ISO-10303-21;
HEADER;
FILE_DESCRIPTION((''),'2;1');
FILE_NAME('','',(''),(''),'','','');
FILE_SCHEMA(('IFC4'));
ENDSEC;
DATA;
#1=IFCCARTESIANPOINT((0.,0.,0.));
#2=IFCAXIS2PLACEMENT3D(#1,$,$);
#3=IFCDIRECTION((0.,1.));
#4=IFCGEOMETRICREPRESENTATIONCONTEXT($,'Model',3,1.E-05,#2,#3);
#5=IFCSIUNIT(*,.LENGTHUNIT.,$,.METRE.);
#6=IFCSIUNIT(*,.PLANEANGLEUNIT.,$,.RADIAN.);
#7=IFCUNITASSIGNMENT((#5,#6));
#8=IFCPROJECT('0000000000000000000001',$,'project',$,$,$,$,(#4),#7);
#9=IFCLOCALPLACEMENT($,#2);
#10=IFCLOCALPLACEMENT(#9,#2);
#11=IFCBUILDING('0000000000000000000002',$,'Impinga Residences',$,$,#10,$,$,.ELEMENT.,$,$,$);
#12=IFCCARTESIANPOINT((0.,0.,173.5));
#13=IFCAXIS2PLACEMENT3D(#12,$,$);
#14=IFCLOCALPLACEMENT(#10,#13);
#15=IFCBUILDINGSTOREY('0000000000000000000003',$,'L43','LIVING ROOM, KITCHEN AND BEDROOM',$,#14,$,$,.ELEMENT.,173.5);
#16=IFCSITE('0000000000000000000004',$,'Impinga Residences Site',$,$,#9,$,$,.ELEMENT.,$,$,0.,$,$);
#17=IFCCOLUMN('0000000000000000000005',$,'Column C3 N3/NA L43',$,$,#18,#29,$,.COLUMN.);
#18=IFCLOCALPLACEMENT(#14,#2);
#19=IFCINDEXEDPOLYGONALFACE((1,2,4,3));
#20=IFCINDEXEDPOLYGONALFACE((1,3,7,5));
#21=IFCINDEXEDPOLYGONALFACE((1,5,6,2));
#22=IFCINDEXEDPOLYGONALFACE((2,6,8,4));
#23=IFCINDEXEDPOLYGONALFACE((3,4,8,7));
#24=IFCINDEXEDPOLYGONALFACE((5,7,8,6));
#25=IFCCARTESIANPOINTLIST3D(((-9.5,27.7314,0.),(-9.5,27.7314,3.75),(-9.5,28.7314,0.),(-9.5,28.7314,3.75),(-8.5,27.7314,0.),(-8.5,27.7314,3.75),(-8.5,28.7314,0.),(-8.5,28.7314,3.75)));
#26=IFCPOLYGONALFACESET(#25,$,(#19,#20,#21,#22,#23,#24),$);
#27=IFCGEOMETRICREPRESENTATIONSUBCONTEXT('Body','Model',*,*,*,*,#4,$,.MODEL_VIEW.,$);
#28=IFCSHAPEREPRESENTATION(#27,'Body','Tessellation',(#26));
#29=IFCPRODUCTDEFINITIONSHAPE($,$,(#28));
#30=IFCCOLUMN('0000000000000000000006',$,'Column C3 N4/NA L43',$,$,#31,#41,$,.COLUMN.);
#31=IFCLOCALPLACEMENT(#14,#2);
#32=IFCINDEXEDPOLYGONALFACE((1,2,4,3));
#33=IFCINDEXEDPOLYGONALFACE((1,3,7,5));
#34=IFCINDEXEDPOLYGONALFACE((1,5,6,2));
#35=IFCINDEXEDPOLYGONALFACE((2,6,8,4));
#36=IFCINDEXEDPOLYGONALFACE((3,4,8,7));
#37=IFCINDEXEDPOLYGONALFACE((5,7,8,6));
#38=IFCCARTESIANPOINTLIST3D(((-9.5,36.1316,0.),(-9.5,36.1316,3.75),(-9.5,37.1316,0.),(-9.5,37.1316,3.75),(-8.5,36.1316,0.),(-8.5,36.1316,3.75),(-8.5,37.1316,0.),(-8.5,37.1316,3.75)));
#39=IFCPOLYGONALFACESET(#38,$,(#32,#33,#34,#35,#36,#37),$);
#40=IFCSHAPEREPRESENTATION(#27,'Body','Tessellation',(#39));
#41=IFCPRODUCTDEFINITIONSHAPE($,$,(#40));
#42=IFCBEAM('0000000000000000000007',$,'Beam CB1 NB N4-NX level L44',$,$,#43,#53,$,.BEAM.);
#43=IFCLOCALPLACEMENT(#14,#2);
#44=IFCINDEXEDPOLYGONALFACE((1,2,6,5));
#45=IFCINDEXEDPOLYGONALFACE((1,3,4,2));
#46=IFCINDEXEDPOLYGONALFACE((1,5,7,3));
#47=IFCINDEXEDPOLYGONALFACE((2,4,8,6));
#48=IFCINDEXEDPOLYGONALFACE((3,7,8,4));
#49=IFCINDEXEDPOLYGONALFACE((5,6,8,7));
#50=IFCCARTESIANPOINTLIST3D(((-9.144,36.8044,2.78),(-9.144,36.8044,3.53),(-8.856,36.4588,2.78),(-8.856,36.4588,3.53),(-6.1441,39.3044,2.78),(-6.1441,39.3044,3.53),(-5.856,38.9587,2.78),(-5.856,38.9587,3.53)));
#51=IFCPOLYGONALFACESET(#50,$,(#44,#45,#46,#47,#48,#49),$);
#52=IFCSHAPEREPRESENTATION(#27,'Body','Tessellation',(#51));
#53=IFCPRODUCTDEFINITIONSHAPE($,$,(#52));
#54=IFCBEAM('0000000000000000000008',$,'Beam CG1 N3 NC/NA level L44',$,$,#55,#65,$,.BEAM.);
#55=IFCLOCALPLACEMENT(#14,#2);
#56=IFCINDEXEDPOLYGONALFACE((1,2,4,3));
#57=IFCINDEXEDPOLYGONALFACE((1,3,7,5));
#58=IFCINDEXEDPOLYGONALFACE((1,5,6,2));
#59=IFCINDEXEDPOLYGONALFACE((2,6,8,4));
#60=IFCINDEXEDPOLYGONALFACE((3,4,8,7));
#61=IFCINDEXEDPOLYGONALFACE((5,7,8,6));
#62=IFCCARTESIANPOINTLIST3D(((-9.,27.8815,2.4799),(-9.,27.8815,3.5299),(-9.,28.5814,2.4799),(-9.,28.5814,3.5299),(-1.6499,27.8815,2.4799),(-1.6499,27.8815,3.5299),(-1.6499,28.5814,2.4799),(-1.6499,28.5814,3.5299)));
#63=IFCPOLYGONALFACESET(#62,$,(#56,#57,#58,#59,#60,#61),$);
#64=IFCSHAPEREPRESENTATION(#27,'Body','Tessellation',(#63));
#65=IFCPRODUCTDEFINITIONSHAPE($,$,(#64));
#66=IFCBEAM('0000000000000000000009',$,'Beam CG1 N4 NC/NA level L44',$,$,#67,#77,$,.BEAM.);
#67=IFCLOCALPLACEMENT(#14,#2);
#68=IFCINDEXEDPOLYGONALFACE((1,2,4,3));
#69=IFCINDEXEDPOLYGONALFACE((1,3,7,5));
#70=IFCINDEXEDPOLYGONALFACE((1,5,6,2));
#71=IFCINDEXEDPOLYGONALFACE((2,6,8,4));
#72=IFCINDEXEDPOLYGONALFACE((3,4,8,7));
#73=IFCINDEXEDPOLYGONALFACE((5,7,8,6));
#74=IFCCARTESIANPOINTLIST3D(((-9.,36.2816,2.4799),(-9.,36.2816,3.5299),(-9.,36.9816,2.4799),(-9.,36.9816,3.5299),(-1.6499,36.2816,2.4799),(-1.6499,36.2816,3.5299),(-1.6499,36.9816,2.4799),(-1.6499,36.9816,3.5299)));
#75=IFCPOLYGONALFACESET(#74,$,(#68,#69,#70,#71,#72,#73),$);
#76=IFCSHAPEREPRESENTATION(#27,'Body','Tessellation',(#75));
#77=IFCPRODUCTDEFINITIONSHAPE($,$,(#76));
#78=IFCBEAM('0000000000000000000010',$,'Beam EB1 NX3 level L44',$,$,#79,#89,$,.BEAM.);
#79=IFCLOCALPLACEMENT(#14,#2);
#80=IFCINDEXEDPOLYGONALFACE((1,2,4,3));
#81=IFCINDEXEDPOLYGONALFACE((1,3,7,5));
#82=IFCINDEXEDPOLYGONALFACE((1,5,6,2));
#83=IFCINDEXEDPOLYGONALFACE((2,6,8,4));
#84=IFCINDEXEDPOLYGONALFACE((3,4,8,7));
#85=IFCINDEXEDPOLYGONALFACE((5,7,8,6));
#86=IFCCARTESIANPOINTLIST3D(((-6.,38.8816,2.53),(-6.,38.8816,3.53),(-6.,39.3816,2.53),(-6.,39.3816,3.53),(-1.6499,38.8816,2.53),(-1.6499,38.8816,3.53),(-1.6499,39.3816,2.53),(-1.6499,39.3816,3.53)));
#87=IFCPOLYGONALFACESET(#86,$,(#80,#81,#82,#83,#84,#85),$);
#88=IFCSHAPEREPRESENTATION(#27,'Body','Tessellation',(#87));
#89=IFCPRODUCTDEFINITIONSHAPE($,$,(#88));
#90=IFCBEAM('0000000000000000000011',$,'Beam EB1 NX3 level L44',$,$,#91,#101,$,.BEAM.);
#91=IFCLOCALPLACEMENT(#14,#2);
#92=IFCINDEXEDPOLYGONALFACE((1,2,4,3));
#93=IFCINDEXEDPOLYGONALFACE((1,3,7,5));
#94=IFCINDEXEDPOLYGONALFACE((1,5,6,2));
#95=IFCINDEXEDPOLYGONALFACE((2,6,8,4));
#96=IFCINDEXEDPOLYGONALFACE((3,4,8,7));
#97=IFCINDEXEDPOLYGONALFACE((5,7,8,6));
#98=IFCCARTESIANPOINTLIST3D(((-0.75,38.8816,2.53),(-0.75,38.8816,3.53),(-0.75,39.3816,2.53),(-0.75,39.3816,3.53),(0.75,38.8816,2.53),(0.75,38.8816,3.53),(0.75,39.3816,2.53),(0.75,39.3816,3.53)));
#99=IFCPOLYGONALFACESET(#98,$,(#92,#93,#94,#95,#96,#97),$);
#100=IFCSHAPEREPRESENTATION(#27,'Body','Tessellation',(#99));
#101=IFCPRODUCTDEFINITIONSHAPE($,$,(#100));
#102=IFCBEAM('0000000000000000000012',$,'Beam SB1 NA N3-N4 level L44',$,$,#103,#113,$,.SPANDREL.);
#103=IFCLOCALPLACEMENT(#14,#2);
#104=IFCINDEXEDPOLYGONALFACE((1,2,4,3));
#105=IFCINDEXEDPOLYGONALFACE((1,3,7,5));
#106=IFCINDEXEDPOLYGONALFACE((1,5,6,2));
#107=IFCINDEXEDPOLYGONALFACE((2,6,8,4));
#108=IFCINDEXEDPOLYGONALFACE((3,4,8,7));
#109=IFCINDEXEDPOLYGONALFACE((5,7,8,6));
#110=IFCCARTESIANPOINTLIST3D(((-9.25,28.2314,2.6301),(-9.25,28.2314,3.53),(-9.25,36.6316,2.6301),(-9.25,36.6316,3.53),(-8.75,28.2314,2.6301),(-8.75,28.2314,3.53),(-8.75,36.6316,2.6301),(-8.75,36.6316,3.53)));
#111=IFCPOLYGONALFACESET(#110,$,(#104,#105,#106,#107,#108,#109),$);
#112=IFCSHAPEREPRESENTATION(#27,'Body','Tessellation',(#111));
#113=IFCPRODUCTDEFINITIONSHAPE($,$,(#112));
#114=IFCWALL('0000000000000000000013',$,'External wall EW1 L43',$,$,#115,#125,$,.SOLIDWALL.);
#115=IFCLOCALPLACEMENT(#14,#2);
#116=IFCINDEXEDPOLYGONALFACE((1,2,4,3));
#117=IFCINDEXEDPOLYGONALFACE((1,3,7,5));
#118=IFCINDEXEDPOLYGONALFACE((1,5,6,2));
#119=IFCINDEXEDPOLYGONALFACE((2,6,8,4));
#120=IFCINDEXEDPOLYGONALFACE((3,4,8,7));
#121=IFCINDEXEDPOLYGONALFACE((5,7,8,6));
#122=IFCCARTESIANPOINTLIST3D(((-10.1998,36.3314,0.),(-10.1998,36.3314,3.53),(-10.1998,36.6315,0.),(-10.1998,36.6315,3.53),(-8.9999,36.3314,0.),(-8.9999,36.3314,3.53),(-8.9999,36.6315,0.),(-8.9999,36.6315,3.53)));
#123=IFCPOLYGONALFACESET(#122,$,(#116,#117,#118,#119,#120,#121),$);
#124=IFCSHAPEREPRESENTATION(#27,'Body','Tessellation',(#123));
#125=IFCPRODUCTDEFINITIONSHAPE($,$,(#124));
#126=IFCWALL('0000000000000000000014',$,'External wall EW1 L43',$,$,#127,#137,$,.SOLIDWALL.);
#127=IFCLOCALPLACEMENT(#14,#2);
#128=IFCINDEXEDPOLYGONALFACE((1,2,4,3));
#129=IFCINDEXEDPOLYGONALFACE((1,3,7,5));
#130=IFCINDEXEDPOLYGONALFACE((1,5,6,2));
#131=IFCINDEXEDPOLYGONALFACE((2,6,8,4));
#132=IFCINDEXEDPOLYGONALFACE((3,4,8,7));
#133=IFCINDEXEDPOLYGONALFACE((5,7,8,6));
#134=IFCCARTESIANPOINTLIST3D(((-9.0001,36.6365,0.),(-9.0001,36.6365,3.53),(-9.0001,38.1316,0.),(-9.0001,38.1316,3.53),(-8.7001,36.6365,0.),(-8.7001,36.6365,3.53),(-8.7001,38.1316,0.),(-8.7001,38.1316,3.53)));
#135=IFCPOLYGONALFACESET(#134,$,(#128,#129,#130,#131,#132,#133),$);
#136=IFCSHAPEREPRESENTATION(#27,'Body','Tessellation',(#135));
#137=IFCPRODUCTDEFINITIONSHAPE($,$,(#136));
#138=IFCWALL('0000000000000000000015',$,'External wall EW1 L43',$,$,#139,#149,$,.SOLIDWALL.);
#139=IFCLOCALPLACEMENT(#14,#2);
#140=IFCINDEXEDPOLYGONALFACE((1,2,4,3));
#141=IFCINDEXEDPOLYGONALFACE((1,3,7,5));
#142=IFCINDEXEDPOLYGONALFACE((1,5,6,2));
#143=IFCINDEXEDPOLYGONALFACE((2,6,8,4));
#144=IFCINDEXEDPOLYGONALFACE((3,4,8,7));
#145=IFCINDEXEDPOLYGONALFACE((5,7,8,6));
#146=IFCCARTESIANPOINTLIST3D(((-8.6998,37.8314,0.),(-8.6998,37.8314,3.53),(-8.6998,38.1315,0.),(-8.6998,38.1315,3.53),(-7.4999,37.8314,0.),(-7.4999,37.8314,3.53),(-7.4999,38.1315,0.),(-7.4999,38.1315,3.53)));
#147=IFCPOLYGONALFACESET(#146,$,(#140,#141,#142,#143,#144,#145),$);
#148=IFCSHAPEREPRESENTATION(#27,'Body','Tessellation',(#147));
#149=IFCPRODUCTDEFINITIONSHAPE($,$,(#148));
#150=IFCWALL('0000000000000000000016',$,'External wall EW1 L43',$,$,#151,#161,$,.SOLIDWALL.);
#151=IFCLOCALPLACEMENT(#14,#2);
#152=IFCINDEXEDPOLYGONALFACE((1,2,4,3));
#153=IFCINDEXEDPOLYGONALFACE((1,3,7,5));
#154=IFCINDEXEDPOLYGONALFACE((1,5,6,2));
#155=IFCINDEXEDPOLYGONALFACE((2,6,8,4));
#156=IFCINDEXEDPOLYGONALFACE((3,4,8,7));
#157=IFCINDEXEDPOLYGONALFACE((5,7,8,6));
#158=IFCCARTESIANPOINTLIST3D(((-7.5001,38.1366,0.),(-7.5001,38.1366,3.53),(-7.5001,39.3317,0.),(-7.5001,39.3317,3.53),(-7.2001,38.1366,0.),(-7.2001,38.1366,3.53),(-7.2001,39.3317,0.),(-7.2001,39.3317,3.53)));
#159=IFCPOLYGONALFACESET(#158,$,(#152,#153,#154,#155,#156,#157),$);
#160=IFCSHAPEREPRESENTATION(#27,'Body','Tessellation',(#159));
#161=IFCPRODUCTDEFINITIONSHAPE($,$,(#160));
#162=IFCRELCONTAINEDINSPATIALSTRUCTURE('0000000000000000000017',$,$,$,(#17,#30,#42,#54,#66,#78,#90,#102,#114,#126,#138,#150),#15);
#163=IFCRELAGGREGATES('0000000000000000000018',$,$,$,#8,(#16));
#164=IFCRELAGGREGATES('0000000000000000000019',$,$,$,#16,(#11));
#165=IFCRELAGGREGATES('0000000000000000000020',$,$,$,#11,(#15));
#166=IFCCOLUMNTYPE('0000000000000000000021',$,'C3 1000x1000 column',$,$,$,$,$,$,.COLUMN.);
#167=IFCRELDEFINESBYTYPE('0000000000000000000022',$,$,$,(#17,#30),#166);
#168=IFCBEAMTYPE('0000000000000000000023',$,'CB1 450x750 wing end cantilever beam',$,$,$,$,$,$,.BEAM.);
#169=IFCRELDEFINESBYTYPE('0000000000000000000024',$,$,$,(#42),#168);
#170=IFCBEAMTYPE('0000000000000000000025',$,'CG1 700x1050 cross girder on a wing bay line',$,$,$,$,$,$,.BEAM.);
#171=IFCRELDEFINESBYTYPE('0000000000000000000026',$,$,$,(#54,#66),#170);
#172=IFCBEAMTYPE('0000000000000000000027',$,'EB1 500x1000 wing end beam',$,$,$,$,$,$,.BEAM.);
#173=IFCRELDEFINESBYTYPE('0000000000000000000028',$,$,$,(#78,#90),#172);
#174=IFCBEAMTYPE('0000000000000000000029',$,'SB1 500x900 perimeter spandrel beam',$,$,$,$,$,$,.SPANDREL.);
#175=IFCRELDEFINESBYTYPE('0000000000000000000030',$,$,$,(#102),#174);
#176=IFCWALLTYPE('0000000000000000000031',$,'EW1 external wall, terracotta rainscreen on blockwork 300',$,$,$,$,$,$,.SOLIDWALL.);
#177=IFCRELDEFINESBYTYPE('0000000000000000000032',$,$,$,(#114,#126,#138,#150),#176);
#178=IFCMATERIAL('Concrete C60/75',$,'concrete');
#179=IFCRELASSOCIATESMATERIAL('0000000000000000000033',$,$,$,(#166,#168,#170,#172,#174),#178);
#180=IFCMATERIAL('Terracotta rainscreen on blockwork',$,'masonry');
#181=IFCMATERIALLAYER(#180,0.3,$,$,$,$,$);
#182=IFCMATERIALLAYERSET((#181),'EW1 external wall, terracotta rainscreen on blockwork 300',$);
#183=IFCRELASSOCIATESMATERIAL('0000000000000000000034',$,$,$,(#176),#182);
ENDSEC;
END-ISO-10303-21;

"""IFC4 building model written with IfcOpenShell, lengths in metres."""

from ifc_helpers import new_model, si_unit, direction, frame, frame_2d, origin, origin_2d, place, context, subcontext, project, spatial, rectangle, extrude, material, layer, layer_set, material_profile, profile_set, type_object, element, save


model = new_model("IFC4")

# Units and contexts
model_context = context("Model", 3, precision=1e-05, world=origin(), true_north=direction((0.0, 1.0)))
body_context = subcontext(model_context, "Body", "Model", "MODEL_VIEW")
ifc_project = project(units=[si_unit("LENGTHUNIT", "METRE"), si_unit("PLANEANGLEUNIT", "RADIAN")], contexts=[model_context])

# Site, building, storey
site_placement = place(None, origin())
site = spatial("IfcSite", under=ifc_project, at=site_placement, Name="Impinga Residences Site", CompositionType="ELEMENT", RefElevation=0.0)
building_placement = place(site_placement, origin())
building = spatial("IfcBuilding", under=site, at=building_placement, Name="Impinga Residences", CompositionType="ELEMENT")
storey_placement = place(building_placement, frame((0.0, 0.0, 173.5)))
storey = spatial("IfcBuildingStorey", under=building, at=storey_placement, Name="L43", Description="LIVING ROOM, KITCHEN AND BEDROOM", CompositionType="ELEMENT", Elevation=173.5)

# Columns
ifc_material_1 = material(Name="Concrete C60/75", Category="concrete")
ifc_material_profile_1 = material_profile(ifc_material_1, rectangle(XDim=1.0, YDim=1.0, at=origin_2d()), Name="RC 1000x1000")
ifc_profile_set_1 = profile_set([ifc_material_profile_1], Name="Concrete C60/75")
column_type = type_object("IfcColumnType", Name="C3 1000x1000 column", PredefinedType="COLUMN", material=ifc_profile_set_1)
for number, where, z_axis, x_axis, name in (
    (1, (-9.0, 28.2314, 0.0), (0.0, 0.0, 1.0), (1.0, 0.0, 0.0), "Column C3 N3/NA L43"),
    (2, (-9.0, 36.6316, 0.0), (0.0, 0.0, 1.0), (1.0, 0.0, 0.0), "Column C3 N4/NA L43"),
):
    element("IfcColumn", number, at=place(storey_placement, frame(where, z_axis=z_axis, x_axis=x_axis)), inside=storey, type_object=column_type, Name=name, PredefinedType="COLUMN", context=body_context, shape_type="SweptSolid", body=[
        extrude(rectangle(XDim=1.0, YDim=1.0, at=origin_2d()), origin(), (0.0, 0.0, 1.0), 3.75),
    ])

# Beams
ifc_material_profile_2 = material_profile(ifc_material_1, rectangle(XDim=0.45, YDim=0.75, at=origin_2d()), Name="RC 450x750")
ifc_profile_set_2 = profile_set([ifc_material_profile_2], Name="Concrete C60/75")
beam_type_1 = type_object("IfcBeamType", Name="CB1 450x750 wing end cantilever beam", PredefinedType="BEAM", material=ifc_profile_set_2)
beam_1_placement = place(storey_placement, frame((-9.0, 36.6316, 3.155), z_axis=(0.768221, 0.640184, 0.0), x_axis=(-0.640184, 0.768221, 0.0)))
element("IfcBeam", 3, at=beam_1_placement, inside=storey, type_object=beam_type_1, Name="Beam CB1 NB N4-NX level L44", PredefinedType="BEAM", context=body_context, shape_type="SweptSolid", body=[
    extrude(rectangle(XDim=0.45, YDim=0.75, at=origin_2d()), origin(), (0.0, 0.0, 1.0), 3.905),
])
ifc_material_profile_3 = material_profile(ifc_material_1, rectangle(XDim=0.7, YDim=1.05, at=origin_2d()), Name="RC 700x1050")
ifc_profile_set_3 = profile_set([ifc_material_profile_3], Name="Concrete C60/75")
beam_type_2 = type_object("IfcBeamType", Name="CG1 700x1050 cross girder on a wing bay line", PredefinedType="BEAM", material=ifc_profile_set_3)
for number, where, z_axis, x_axis, name in (
    (4, (-1.6499, 28.2314, 3.0049), (-1.0, 0.0, 0.0), (0.0, -1.0, 0.0), "Beam CG1 N3 NC/NA level L44"),
    (5, (-1.6499, 36.6316, 3.0049), (-1.0, 0.0, 0.0), (0.0, -1.0, 0.0), "Beam CG1 N4 NC/NA level L44"),
):
    element("IfcBeam", number, at=place(storey_placement, frame(where, z_axis=z_axis, x_axis=x_axis)), inside=storey, type_object=beam_type_2, Name=name, PredefinedType="BEAM", context=body_context, shape_type="SweptSolid", body=[
        extrude(rectangle(XDim=0.7, YDim=1.05, at=origin_2d()), origin(), (0.0, 0.0, 1.0), 7.3501),
    ])
ifc_material_profile_4 = material_profile(ifc_material_1, rectangle(XDim=0.5, YDim=1.0, at=origin_2d()), Name="RC 500x1000")
ifc_profile_set_4 = profile_set([ifc_material_profile_4], Name="Concrete C60/75")
beam_type_3 = type_object("IfcBeamType", Name="EB1 500x1000 wing end beam", PredefinedType="BEAM", material=ifc_profile_set_4)
beam_2_placement = place(storey_placement, frame((-6.0, 39.1316, 3.03), z_axis=(1.0, 0.0, 0.0), x_axis=(0.0, 1.0, 0.0)))
element("IfcBeam", 6, at=beam_2_placement, inside=storey, type_object=beam_type_3, Name="Beam EB1 NX3 level L44", PredefinedType="BEAM", context=body_context, shape_type="SweptSolid", body=[
    extrude(rectangle(XDim=0.5, YDim=1.0, at=origin_2d()), origin(), (0.0, 0.0, 1.0), 4.3501),
])
beam_3_placement = place(storey_placement, frame((-0.75, 39.1316, 3.03), z_axis=(1.0, 0.0, 0.0), x_axis=(0.0, 1.0, 0.0)))
element("IfcBeam", 7, at=beam_3_placement, inside=storey, type_object=beam_type_3, Name="Beam EB1 NX3 level L44", PredefinedType="BEAM", context=body_context, shape_type="SweptSolid", body=[
    extrude(rectangle(XDim=0.5, YDim=1.0, at=origin_2d()), origin(), (0.0, 0.0, 1.0), 1.5),
])
ifc_material_profile_5 = material_profile(ifc_material_1, rectangle(XDim=0.5, YDim=0.8999, at=origin_2d()), Name="RC 500x900")
ifc_profile_set_5 = profile_set([ifc_material_profile_5], Name="Concrete C60/75")
beam_type_4 = type_object("IfcBeamType", Name="SB1 500x900 perimeter spandrel beam", PredefinedType="SPANDREL", material=ifc_profile_set_5)
beam_4_placement = place(storey_placement, frame((-9.0, 28.2314, 3.0801), z_axis=(0.0, 1.0, 0.0), x_axis=(-1.0, 0.0, 0.0)))
element("IfcBeam", 8, at=beam_4_placement, inside=storey, type_object=beam_type_4, Name="Beam SB1 NA N3-N4 level L44", PredefinedType="SPANDREL", context=body_context, shape_type="SweptSolid", body=[
    extrude(rectangle(XDim=0.5, YDim=0.8999, at=origin_2d()), origin(), (0.0, 0.0, 1.0), 8.4001),
])

# Walls
ifc_material_2 = material(Name="Terracotta rainscreen on blockwork", Category="masonry")
ifc_layer_1 = layer(ifc_material_2, 0.3)
ifc_layer_set_1 = layer_set([ifc_layer_1], Name="EW1 external wall, terracotta rainscreen on blockwork 300")
wall_type_1 = type_object("IfcWallType", Name="EW1 external wall, terracotta rainscreen on blockwork 300", PredefinedType="SOLIDWALL", material=ifc_layer_set_1)
wall_1_placement = place(storey_placement, frame((-10.2, 36.4814, 0.0), z_axis=(0.0, 0.0, 1.0), x_axis=(1.0, 0.0, 0.0)))
element("IfcWall", 9, at=wall_1_placement, inside=storey, type_object=wall_type_1, Name="External wall EW1 L43", PredefinedType="SOLIDWALL", context=body_context, shape_type="SweptSolid", body=[
    extrude(rectangle(XDim=1.2, YDim=0.3, at=frame_2d((0.6001, 0.0))), origin(), (0.0, 0.0, 1.0), 3.53),
])
wall_2_placement = place(storey_placement, frame((-8.8501, 36.6365, 0.0), z_axis=(0.0, 0.0, 1.0), x_axis=(0.0, 1.0, 0.0)))
element("IfcWall", 10, at=wall_2_placement, inside=storey, type_object=wall_type_1, Name="External wall EW1 L43", PredefinedType="SOLIDWALL", context=body_context, shape_type="SweptSolid", body=[
    extrude(rectangle(XDim=1.4951, YDim=0.3, at=frame_2d((0.7476, 0.0))), origin(), (0.0, 0.0, 1.0), 3.53),
])
wall_3_placement = place(storey_placement, frame((-8.7, 37.9814, 0.0), z_axis=(0.0, 0.0, 1.0), x_axis=(1.0, 0.0, 0.0)))
element("IfcWall", 11, at=wall_3_placement, inside=storey, type_object=wall_type_1, Name="External wall EW1 L43", PredefinedType="SOLIDWALL", context=body_context, shape_type="SweptSolid", body=[
    extrude(rectangle(XDim=1.2, YDim=0.3, at=frame_2d((0.6001, 0.0))), origin(), (0.0, 0.0, 1.0), 3.53),
])
wall_4_placement = place(storey_placement, frame((-7.3501, 38.1365, 0.0), z_axis=(0.0, 0.0, 1.0), x_axis=(0.0, 1.0, 0.0)))
element("IfcWall", 12, at=wall_4_placement, inside=storey, type_object=wall_type_1, Name="External wall EW1 L43", PredefinedType="SOLIDWALL", context=body_context, shape_type="SweptSolid", body=[
    extrude(rectangle(XDim=1.1951, YDim=0.3, at=frame_2d((0.5977, 0.0))), origin(), (0.0, 0.0, 1.0), 3.53),
])

save(model, "model.ifc")
